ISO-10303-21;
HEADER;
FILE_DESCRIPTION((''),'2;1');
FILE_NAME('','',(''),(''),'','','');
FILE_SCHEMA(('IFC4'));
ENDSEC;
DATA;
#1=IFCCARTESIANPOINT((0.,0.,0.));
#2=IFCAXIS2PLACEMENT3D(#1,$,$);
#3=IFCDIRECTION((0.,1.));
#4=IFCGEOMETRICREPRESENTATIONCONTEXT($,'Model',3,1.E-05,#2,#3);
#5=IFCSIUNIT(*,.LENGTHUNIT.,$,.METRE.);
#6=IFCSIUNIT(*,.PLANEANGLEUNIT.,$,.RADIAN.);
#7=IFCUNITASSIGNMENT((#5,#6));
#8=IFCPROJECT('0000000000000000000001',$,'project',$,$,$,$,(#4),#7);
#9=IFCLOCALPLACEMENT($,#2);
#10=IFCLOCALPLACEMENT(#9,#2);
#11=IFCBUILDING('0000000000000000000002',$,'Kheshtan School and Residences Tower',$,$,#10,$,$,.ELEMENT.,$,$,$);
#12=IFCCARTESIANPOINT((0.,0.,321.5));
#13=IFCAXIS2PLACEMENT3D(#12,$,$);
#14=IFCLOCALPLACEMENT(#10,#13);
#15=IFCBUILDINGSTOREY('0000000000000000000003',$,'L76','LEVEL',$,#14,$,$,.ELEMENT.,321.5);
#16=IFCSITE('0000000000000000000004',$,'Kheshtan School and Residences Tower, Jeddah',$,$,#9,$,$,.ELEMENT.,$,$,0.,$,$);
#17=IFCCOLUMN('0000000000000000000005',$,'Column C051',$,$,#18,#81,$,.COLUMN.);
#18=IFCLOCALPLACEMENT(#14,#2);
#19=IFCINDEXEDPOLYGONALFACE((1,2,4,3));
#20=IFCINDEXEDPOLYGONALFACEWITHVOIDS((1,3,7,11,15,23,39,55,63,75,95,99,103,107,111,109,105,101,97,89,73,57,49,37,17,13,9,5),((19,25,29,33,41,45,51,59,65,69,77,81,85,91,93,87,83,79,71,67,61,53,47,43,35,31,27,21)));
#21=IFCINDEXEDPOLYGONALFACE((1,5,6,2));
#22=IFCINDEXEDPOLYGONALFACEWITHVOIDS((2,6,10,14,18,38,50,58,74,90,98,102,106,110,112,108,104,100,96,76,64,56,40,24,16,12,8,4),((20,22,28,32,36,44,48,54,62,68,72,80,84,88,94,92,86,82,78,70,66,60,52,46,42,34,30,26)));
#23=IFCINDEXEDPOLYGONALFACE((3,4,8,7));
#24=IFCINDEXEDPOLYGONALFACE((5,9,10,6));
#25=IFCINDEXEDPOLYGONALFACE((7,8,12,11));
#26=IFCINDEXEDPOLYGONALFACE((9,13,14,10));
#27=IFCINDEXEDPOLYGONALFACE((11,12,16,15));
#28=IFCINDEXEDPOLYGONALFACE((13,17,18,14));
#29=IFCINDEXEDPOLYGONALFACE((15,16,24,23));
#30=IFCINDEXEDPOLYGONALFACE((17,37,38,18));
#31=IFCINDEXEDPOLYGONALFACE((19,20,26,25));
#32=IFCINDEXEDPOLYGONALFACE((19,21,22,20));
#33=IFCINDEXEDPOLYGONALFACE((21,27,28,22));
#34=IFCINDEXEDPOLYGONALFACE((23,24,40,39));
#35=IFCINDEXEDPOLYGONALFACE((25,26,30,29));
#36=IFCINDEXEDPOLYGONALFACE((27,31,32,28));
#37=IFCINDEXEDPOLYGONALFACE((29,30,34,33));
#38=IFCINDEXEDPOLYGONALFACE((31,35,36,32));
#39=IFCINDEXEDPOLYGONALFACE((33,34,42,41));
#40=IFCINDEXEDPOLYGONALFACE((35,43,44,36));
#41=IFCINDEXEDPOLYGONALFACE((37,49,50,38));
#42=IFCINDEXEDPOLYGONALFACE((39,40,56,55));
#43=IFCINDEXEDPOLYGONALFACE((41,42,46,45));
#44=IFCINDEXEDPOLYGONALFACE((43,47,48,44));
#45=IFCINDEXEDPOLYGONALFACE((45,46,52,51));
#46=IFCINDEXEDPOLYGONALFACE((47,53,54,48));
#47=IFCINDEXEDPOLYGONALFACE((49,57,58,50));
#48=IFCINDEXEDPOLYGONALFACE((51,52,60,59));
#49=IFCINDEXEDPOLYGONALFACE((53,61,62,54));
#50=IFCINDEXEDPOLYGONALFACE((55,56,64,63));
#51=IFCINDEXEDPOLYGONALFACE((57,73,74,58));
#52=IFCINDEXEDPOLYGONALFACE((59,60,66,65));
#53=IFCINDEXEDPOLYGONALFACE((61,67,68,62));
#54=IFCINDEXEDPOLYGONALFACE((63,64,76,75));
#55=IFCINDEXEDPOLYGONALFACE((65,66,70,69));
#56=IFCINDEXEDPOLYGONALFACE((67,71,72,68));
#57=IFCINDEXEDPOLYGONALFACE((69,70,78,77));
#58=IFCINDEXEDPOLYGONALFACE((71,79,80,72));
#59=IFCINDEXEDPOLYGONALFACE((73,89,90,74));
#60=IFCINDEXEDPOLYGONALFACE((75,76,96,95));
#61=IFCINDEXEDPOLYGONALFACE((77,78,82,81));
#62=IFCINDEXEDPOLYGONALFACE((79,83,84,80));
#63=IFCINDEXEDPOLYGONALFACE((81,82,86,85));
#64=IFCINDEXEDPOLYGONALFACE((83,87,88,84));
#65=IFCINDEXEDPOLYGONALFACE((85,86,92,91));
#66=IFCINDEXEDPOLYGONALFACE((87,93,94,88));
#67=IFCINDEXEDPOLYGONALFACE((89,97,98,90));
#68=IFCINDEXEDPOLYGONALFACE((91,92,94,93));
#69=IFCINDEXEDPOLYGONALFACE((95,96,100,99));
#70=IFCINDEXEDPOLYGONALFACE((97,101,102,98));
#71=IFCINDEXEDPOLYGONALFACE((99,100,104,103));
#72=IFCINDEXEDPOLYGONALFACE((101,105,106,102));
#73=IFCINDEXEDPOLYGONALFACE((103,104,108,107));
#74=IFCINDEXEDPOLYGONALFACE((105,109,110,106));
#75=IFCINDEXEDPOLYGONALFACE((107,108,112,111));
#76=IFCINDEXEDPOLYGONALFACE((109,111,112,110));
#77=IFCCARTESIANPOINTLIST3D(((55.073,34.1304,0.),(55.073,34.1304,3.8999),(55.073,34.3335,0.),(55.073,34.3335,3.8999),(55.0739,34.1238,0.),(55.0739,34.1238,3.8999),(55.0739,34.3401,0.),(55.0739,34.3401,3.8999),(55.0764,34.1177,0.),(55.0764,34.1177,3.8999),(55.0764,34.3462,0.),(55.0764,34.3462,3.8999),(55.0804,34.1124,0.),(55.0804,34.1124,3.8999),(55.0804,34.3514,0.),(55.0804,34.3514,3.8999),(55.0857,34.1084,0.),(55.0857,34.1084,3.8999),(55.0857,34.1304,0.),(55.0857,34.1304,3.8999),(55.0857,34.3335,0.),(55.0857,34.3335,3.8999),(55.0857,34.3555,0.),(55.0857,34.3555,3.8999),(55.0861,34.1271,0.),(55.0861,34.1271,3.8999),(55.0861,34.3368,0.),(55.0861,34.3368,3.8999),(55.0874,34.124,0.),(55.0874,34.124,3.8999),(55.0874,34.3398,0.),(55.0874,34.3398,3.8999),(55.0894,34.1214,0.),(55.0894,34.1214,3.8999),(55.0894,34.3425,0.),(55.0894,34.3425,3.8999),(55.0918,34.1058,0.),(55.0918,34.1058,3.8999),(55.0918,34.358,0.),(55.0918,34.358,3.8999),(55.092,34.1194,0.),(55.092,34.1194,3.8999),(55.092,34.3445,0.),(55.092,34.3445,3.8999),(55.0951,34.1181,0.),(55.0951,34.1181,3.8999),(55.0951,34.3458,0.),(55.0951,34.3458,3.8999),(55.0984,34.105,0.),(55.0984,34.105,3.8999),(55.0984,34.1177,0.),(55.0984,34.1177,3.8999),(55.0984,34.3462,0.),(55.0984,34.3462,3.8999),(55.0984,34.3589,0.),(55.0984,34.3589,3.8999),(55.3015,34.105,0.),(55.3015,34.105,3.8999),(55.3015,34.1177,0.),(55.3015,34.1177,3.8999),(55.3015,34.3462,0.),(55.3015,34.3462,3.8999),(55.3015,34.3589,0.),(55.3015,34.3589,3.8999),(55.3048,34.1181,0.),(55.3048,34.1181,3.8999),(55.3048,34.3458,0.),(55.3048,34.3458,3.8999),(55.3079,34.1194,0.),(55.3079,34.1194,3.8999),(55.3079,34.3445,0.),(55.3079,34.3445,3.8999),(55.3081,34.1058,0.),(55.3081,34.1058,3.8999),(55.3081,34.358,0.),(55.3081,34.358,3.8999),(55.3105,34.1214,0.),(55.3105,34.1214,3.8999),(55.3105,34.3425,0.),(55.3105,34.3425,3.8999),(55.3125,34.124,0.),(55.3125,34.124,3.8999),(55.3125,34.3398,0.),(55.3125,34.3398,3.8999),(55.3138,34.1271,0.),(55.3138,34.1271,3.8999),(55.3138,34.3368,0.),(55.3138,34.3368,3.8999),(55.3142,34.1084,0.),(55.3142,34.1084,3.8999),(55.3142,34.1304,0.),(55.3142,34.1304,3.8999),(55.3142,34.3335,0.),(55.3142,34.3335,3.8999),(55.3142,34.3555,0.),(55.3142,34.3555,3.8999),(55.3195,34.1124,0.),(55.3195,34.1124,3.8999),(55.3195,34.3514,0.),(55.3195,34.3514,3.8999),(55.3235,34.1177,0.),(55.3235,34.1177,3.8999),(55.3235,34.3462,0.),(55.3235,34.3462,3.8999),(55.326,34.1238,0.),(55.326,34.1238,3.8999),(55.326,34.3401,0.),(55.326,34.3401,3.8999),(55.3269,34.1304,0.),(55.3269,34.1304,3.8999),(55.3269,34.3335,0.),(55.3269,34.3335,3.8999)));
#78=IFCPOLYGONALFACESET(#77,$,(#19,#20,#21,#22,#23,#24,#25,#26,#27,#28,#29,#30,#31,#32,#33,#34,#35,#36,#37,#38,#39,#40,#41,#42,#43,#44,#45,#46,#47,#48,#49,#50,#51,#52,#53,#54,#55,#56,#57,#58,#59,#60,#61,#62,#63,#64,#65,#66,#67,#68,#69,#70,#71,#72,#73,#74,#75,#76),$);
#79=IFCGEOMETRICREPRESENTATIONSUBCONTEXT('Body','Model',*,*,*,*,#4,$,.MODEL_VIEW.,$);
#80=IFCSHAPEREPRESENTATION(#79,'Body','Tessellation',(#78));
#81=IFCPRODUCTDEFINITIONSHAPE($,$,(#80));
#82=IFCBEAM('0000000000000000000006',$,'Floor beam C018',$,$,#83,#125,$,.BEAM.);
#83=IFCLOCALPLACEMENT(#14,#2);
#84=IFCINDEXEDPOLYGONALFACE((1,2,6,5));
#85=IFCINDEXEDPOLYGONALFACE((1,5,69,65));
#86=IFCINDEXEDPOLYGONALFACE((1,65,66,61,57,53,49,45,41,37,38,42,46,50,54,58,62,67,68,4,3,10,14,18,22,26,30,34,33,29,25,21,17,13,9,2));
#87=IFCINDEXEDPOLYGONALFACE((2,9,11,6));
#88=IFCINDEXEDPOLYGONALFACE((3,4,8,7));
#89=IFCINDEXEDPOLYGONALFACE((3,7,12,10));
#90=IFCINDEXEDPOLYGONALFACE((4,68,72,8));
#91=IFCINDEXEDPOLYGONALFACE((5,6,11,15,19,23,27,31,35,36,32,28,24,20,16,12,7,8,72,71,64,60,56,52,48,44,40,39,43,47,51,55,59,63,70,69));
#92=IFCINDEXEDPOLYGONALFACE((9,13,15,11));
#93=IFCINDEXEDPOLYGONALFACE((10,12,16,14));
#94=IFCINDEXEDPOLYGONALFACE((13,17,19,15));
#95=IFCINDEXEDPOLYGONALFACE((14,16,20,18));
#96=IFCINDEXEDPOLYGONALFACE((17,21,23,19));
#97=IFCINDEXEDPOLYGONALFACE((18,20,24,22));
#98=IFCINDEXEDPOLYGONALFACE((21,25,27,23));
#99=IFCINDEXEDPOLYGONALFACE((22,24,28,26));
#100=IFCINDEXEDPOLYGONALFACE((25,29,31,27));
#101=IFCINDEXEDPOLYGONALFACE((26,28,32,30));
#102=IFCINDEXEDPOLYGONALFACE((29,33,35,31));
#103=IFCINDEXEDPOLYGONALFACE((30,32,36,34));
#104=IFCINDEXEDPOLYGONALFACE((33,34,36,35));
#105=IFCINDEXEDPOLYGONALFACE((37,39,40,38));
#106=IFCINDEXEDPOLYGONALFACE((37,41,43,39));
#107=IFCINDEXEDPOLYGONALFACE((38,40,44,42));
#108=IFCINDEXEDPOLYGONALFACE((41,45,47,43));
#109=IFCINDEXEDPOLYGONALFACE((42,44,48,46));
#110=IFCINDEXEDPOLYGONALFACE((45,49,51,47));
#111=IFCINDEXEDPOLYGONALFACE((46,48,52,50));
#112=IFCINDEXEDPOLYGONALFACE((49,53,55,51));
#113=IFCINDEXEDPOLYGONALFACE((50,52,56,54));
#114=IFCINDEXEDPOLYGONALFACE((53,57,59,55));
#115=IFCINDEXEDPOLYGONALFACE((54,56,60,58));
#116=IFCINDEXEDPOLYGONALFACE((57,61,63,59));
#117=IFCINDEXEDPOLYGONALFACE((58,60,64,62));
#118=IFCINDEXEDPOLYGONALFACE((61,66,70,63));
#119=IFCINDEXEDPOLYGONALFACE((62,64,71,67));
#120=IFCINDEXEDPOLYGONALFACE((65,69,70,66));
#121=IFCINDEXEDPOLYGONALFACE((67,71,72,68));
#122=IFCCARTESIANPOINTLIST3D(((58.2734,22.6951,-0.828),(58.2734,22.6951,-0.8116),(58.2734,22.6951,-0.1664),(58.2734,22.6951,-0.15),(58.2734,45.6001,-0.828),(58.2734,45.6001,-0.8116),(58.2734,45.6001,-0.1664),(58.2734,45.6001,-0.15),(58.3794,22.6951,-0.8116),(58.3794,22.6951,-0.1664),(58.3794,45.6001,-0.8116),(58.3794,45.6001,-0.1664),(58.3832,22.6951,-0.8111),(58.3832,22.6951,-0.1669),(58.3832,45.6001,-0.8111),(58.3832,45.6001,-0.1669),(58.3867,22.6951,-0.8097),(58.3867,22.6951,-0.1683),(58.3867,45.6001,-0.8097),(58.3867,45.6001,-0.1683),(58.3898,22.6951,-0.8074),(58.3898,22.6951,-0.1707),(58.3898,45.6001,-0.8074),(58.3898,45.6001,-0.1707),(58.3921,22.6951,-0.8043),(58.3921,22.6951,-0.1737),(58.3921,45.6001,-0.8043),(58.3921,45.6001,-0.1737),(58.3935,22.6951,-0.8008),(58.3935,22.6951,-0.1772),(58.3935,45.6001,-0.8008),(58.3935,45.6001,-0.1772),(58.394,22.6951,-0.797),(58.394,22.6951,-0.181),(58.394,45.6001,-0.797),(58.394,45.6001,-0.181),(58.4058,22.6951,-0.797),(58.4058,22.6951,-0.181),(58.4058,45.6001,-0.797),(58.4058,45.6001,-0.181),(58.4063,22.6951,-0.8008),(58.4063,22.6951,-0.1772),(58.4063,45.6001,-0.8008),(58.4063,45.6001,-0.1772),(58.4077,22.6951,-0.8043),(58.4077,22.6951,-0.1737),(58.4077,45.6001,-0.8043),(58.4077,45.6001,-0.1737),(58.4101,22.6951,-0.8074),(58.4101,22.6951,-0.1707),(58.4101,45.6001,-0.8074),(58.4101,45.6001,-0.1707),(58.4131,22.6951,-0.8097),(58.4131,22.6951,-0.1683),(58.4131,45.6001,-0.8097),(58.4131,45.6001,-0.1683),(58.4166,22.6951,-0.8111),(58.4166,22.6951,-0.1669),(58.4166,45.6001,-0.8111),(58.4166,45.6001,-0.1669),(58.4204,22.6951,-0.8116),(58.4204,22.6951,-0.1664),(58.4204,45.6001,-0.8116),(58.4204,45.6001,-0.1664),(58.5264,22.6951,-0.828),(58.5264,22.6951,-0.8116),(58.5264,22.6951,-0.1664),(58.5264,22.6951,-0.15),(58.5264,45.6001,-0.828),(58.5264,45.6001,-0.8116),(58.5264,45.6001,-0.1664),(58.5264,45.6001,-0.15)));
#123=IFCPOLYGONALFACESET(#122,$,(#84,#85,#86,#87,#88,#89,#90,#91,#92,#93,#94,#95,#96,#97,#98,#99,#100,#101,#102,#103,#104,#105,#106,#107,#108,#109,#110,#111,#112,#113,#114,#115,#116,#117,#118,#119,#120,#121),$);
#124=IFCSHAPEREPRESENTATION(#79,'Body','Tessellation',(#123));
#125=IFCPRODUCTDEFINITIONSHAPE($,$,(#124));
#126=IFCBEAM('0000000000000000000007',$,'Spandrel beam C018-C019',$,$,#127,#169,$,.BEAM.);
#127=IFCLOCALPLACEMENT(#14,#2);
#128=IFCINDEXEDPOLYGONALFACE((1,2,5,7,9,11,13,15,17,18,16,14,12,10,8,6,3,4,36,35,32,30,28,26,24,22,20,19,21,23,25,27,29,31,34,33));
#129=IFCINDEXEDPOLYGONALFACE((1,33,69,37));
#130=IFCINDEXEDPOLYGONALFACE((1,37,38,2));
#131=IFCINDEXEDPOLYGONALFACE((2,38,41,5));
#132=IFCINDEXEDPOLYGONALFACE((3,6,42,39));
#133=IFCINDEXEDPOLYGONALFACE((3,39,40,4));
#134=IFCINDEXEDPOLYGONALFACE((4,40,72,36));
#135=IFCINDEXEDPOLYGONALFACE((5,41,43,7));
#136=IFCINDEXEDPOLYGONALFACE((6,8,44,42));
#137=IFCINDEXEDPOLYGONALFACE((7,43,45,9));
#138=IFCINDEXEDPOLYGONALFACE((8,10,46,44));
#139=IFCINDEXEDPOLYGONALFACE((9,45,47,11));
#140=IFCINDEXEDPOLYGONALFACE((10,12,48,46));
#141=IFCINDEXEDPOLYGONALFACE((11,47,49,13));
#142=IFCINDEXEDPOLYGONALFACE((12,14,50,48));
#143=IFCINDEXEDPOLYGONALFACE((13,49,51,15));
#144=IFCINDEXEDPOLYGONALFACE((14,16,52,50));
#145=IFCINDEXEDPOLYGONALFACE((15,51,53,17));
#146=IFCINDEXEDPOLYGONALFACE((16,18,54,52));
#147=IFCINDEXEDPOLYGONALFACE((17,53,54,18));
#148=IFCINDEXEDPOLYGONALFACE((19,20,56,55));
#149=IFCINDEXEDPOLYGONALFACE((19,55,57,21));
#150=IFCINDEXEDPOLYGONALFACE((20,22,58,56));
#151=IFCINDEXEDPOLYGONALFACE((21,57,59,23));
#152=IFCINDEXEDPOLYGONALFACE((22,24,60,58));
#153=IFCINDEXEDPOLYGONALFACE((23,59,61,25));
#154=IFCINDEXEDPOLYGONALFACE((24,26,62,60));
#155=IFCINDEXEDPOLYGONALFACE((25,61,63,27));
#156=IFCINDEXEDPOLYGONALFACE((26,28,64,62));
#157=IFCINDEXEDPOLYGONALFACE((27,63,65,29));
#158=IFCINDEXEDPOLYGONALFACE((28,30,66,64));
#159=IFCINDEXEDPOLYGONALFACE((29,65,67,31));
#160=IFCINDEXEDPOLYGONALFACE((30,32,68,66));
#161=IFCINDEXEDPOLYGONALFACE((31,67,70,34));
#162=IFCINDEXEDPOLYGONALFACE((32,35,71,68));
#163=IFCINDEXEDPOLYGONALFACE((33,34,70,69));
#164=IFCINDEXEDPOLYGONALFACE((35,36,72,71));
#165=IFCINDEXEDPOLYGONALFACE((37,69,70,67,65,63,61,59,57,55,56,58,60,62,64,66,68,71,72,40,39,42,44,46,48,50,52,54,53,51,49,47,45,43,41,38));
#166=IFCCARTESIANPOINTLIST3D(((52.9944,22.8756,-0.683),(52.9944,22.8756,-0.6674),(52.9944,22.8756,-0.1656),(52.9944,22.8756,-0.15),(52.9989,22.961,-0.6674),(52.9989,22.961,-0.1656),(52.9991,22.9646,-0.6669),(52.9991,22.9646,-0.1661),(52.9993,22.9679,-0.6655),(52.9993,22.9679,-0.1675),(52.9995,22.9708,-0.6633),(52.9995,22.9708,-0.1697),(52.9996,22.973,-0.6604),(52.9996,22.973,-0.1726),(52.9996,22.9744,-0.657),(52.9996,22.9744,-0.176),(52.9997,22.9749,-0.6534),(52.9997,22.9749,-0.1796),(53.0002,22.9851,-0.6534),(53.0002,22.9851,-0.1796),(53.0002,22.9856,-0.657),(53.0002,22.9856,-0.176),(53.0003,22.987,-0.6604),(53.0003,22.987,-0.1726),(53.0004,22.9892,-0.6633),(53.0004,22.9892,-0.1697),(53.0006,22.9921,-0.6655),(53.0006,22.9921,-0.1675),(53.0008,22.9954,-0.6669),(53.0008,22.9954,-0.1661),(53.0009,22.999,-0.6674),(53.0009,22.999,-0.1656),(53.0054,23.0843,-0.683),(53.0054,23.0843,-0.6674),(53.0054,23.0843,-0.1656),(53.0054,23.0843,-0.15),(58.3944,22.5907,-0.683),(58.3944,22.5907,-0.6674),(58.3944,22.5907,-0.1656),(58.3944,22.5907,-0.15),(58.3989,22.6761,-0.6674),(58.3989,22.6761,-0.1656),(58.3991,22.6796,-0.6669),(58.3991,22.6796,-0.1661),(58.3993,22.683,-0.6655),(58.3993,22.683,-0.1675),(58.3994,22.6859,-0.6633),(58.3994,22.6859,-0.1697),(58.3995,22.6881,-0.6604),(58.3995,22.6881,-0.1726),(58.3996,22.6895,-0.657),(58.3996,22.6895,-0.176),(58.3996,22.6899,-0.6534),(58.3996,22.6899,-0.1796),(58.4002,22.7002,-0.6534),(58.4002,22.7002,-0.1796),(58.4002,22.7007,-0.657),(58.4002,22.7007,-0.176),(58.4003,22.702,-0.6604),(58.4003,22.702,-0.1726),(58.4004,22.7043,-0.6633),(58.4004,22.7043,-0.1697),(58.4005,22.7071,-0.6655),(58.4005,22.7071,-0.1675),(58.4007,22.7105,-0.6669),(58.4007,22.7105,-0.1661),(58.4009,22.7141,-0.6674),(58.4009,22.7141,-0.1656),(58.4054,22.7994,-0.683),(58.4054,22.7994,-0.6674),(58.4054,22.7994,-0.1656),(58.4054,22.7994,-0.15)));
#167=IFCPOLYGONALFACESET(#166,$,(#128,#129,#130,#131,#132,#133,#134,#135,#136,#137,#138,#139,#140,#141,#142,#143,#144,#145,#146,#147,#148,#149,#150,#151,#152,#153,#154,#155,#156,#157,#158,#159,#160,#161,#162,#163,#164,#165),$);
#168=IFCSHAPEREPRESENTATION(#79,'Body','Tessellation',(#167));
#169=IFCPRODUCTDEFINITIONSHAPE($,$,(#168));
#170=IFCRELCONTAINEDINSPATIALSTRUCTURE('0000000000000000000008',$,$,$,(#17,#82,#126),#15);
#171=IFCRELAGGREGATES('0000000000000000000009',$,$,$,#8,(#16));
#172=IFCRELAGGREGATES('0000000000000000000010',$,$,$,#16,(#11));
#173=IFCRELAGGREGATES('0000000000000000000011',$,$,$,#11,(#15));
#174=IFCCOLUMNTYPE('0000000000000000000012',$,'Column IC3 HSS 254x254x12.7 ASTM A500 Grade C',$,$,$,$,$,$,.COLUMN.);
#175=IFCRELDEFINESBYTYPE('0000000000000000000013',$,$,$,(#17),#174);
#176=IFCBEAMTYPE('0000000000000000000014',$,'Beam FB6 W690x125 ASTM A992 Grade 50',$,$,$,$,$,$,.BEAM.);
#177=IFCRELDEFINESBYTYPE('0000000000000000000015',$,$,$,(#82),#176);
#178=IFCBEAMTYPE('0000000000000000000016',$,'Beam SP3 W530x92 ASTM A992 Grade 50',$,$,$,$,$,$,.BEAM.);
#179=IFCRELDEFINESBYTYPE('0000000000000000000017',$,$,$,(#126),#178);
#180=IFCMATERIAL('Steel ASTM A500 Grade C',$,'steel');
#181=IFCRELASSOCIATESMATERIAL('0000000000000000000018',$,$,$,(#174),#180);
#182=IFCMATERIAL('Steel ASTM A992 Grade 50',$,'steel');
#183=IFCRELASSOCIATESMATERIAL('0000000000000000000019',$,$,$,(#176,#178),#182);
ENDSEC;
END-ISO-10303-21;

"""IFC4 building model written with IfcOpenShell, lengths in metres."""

from ifc_helpers import new_model, si_unit, direction, frame, origin, origin_2d, place, context, subcontext, project, spatial, hollow_rectangle, i_section, extrude, material, material_profile, profile_set, type_object, element, save


model = new_model("IFC4")

# Units and contexts
model_context = context("Model", 3, precision=1e-05, world=origin(), true_north=direction((0.0, 1.0)))
body_context = subcontext(model_context, "Body", "Model", "MODEL_VIEW")
ifc_project = project(units=[si_unit("LENGTHUNIT", "METRE"), si_unit("PLANEANGLEUNIT", "RADIAN")], contexts=[model_context])

# Site, building, storey
site_placement = place(None, origin())
site = spatial("IfcSite", under=ifc_project, at=site_placement, Name="Kheshtan School and Residences Tower, Jeddah", CompositionType="ELEMENT", RefElevation=0.0)
building_placement = place(site_placement, origin())
building = spatial("IfcBuilding", under=site, at=building_placement, Name="Kheshtan School and Residences Tower", CompositionType="ELEMENT")
storey_placement = place(building_placement, frame((0.0, 0.0, 321.5)))
storey = spatial("IfcBuildingStorey", under=building, at=storey_placement, Name="L76", Description="LEVEL", CompositionType="ELEMENT", Elevation=321.5)

# Column
ifc_material_1 = material(Name="Steel ASTM A992 Grade 50", Category="steel")
ifc_material_2 = material(Name="Steel ASTM A500 Grade C", Category="steel")
ifc_material_profile_1 = material_profile(ifc_material_2, hollow_rectangle(XDim=0.2539, YDim=0.2539, WallThickness=0.0127, InnerFilletRadius=0.0127, OuterFilletRadius=0.0254, at=origin_2d()), Name="HSS 254x254x12.7")
ifc_profile_set_1 = profile_set([ifc_material_profile_1], Name="Steel ASTM A500 Grade C")
column_type_1 = type_object("IfcColumnType", Name="Column IC3 HSS 254x254x12.7 ASTM A500 Grade C", PredefinedType="COLUMN", material=ifc_profile_set_1)
column_placement = place(storey_placement, frame((55.2, 34.2319, 0.0), z_axis=(0.0, 0.0, 1.0), x_axis=(1.0, 0.0, 0.0)))
element("IfcColumn", 1, at=column_placement, inside=storey, type_object=column_type_1, Name="Column C051", PredefinedType="COLUMN", context=body_context, shape_type="SweptSolid", body=[
    extrude(hollow_rectangle(XDim=0.2539, YDim=0.2539, WallThickness=0.0127, InnerFilletRadius=0.0127, OuterFilletRadius=0.0254, at=origin_2d()), origin(), (0.0, 0.0, 1.0), 3.8999),
])

# Beams
ifc_material_profile_2 = material_profile(ifc_material_1, i_section(OverallWidth=0.2529, OverallDepth=0.678, WebThickness=0.0117, FlangeThickness=0.0164, FilletRadius=0.0146, at=origin_2d()), Name="W690x125")
ifc_profile_set_2 = profile_set([ifc_material_profile_2], Name="Steel ASTM A992 Grade 50")
beam_type_1 = type_object("IfcBeamType", Name="Beam FB6 W690x125 ASTM A992 Grade 50", PredefinedType="BEAM", material=ifc_profile_set_2)
beam_placement = place(storey_placement, frame((58.3999, 22.6951, -0.489), z_axis=(0.0, 1.0, 0.0), x_axis=(-1.0, 0.0, 0.0)))
element("IfcBeam", 2, at=beam_placement, inside=storey, type_object=beam_type_1, Name="Floor beam C018", PredefinedType="BEAM", context=body_context, shape_type="SweptSolid", body=[
    extrude(i_section(OverallWidth=0.2529, OverallDepth=0.678, WebThickness=0.0117, FlangeThickness=0.0164, FilletRadius=0.0146, at=origin_2d()), origin(), (0.0, 0.0, 1.0), 22.905),
])
ifc_material_profile_3 = material_profile(ifc_material_1, i_section(OverallWidth=0.209, OverallDepth=0.533, WebThickness=0.0103, FlangeThickness=0.0156, FilletRadius=0.0139, at=origin_2d()), Name="W530x92")
ifc_profile_set_3 = profile_set([ifc_material_profile_3], Name="Steel ASTM A992 Grade 50")
beam_type_2 = type_object("IfcBeamType", Name="Beam SP3 W530x92 ASTM A992 Grade 50", PredefinedType="BEAM", material=ifc_profile_set_3)
for number, where, z_axis, x_axis, name in (
    (3, (58.3999, 22.6951, -0.4165), (-0.998611, 0.052689, 0.0), (-0.052689, -0.998611, 0.0), "Spandrel beam C018-C019"),
):
    element("IfcBeam", number, at=place(storey_placement, frame(where, z_axis=z_axis, x_axis=x_axis)), inside=storey, type_object=beam_type_2, Name=name, PredefinedType="BEAM", context=body_context, shape_type="SweptSolid", body=[
        extrude(i_section(OverallWidth=0.209, OverallDepth=0.533, WebThickness=0.0103, FlangeThickness=0.0156, FilletRadius=0.0139, at=origin_2d()), origin(), (0.0, 0.0, 1.0), 5.4075),
    ])

save(model, "model.ifc")
